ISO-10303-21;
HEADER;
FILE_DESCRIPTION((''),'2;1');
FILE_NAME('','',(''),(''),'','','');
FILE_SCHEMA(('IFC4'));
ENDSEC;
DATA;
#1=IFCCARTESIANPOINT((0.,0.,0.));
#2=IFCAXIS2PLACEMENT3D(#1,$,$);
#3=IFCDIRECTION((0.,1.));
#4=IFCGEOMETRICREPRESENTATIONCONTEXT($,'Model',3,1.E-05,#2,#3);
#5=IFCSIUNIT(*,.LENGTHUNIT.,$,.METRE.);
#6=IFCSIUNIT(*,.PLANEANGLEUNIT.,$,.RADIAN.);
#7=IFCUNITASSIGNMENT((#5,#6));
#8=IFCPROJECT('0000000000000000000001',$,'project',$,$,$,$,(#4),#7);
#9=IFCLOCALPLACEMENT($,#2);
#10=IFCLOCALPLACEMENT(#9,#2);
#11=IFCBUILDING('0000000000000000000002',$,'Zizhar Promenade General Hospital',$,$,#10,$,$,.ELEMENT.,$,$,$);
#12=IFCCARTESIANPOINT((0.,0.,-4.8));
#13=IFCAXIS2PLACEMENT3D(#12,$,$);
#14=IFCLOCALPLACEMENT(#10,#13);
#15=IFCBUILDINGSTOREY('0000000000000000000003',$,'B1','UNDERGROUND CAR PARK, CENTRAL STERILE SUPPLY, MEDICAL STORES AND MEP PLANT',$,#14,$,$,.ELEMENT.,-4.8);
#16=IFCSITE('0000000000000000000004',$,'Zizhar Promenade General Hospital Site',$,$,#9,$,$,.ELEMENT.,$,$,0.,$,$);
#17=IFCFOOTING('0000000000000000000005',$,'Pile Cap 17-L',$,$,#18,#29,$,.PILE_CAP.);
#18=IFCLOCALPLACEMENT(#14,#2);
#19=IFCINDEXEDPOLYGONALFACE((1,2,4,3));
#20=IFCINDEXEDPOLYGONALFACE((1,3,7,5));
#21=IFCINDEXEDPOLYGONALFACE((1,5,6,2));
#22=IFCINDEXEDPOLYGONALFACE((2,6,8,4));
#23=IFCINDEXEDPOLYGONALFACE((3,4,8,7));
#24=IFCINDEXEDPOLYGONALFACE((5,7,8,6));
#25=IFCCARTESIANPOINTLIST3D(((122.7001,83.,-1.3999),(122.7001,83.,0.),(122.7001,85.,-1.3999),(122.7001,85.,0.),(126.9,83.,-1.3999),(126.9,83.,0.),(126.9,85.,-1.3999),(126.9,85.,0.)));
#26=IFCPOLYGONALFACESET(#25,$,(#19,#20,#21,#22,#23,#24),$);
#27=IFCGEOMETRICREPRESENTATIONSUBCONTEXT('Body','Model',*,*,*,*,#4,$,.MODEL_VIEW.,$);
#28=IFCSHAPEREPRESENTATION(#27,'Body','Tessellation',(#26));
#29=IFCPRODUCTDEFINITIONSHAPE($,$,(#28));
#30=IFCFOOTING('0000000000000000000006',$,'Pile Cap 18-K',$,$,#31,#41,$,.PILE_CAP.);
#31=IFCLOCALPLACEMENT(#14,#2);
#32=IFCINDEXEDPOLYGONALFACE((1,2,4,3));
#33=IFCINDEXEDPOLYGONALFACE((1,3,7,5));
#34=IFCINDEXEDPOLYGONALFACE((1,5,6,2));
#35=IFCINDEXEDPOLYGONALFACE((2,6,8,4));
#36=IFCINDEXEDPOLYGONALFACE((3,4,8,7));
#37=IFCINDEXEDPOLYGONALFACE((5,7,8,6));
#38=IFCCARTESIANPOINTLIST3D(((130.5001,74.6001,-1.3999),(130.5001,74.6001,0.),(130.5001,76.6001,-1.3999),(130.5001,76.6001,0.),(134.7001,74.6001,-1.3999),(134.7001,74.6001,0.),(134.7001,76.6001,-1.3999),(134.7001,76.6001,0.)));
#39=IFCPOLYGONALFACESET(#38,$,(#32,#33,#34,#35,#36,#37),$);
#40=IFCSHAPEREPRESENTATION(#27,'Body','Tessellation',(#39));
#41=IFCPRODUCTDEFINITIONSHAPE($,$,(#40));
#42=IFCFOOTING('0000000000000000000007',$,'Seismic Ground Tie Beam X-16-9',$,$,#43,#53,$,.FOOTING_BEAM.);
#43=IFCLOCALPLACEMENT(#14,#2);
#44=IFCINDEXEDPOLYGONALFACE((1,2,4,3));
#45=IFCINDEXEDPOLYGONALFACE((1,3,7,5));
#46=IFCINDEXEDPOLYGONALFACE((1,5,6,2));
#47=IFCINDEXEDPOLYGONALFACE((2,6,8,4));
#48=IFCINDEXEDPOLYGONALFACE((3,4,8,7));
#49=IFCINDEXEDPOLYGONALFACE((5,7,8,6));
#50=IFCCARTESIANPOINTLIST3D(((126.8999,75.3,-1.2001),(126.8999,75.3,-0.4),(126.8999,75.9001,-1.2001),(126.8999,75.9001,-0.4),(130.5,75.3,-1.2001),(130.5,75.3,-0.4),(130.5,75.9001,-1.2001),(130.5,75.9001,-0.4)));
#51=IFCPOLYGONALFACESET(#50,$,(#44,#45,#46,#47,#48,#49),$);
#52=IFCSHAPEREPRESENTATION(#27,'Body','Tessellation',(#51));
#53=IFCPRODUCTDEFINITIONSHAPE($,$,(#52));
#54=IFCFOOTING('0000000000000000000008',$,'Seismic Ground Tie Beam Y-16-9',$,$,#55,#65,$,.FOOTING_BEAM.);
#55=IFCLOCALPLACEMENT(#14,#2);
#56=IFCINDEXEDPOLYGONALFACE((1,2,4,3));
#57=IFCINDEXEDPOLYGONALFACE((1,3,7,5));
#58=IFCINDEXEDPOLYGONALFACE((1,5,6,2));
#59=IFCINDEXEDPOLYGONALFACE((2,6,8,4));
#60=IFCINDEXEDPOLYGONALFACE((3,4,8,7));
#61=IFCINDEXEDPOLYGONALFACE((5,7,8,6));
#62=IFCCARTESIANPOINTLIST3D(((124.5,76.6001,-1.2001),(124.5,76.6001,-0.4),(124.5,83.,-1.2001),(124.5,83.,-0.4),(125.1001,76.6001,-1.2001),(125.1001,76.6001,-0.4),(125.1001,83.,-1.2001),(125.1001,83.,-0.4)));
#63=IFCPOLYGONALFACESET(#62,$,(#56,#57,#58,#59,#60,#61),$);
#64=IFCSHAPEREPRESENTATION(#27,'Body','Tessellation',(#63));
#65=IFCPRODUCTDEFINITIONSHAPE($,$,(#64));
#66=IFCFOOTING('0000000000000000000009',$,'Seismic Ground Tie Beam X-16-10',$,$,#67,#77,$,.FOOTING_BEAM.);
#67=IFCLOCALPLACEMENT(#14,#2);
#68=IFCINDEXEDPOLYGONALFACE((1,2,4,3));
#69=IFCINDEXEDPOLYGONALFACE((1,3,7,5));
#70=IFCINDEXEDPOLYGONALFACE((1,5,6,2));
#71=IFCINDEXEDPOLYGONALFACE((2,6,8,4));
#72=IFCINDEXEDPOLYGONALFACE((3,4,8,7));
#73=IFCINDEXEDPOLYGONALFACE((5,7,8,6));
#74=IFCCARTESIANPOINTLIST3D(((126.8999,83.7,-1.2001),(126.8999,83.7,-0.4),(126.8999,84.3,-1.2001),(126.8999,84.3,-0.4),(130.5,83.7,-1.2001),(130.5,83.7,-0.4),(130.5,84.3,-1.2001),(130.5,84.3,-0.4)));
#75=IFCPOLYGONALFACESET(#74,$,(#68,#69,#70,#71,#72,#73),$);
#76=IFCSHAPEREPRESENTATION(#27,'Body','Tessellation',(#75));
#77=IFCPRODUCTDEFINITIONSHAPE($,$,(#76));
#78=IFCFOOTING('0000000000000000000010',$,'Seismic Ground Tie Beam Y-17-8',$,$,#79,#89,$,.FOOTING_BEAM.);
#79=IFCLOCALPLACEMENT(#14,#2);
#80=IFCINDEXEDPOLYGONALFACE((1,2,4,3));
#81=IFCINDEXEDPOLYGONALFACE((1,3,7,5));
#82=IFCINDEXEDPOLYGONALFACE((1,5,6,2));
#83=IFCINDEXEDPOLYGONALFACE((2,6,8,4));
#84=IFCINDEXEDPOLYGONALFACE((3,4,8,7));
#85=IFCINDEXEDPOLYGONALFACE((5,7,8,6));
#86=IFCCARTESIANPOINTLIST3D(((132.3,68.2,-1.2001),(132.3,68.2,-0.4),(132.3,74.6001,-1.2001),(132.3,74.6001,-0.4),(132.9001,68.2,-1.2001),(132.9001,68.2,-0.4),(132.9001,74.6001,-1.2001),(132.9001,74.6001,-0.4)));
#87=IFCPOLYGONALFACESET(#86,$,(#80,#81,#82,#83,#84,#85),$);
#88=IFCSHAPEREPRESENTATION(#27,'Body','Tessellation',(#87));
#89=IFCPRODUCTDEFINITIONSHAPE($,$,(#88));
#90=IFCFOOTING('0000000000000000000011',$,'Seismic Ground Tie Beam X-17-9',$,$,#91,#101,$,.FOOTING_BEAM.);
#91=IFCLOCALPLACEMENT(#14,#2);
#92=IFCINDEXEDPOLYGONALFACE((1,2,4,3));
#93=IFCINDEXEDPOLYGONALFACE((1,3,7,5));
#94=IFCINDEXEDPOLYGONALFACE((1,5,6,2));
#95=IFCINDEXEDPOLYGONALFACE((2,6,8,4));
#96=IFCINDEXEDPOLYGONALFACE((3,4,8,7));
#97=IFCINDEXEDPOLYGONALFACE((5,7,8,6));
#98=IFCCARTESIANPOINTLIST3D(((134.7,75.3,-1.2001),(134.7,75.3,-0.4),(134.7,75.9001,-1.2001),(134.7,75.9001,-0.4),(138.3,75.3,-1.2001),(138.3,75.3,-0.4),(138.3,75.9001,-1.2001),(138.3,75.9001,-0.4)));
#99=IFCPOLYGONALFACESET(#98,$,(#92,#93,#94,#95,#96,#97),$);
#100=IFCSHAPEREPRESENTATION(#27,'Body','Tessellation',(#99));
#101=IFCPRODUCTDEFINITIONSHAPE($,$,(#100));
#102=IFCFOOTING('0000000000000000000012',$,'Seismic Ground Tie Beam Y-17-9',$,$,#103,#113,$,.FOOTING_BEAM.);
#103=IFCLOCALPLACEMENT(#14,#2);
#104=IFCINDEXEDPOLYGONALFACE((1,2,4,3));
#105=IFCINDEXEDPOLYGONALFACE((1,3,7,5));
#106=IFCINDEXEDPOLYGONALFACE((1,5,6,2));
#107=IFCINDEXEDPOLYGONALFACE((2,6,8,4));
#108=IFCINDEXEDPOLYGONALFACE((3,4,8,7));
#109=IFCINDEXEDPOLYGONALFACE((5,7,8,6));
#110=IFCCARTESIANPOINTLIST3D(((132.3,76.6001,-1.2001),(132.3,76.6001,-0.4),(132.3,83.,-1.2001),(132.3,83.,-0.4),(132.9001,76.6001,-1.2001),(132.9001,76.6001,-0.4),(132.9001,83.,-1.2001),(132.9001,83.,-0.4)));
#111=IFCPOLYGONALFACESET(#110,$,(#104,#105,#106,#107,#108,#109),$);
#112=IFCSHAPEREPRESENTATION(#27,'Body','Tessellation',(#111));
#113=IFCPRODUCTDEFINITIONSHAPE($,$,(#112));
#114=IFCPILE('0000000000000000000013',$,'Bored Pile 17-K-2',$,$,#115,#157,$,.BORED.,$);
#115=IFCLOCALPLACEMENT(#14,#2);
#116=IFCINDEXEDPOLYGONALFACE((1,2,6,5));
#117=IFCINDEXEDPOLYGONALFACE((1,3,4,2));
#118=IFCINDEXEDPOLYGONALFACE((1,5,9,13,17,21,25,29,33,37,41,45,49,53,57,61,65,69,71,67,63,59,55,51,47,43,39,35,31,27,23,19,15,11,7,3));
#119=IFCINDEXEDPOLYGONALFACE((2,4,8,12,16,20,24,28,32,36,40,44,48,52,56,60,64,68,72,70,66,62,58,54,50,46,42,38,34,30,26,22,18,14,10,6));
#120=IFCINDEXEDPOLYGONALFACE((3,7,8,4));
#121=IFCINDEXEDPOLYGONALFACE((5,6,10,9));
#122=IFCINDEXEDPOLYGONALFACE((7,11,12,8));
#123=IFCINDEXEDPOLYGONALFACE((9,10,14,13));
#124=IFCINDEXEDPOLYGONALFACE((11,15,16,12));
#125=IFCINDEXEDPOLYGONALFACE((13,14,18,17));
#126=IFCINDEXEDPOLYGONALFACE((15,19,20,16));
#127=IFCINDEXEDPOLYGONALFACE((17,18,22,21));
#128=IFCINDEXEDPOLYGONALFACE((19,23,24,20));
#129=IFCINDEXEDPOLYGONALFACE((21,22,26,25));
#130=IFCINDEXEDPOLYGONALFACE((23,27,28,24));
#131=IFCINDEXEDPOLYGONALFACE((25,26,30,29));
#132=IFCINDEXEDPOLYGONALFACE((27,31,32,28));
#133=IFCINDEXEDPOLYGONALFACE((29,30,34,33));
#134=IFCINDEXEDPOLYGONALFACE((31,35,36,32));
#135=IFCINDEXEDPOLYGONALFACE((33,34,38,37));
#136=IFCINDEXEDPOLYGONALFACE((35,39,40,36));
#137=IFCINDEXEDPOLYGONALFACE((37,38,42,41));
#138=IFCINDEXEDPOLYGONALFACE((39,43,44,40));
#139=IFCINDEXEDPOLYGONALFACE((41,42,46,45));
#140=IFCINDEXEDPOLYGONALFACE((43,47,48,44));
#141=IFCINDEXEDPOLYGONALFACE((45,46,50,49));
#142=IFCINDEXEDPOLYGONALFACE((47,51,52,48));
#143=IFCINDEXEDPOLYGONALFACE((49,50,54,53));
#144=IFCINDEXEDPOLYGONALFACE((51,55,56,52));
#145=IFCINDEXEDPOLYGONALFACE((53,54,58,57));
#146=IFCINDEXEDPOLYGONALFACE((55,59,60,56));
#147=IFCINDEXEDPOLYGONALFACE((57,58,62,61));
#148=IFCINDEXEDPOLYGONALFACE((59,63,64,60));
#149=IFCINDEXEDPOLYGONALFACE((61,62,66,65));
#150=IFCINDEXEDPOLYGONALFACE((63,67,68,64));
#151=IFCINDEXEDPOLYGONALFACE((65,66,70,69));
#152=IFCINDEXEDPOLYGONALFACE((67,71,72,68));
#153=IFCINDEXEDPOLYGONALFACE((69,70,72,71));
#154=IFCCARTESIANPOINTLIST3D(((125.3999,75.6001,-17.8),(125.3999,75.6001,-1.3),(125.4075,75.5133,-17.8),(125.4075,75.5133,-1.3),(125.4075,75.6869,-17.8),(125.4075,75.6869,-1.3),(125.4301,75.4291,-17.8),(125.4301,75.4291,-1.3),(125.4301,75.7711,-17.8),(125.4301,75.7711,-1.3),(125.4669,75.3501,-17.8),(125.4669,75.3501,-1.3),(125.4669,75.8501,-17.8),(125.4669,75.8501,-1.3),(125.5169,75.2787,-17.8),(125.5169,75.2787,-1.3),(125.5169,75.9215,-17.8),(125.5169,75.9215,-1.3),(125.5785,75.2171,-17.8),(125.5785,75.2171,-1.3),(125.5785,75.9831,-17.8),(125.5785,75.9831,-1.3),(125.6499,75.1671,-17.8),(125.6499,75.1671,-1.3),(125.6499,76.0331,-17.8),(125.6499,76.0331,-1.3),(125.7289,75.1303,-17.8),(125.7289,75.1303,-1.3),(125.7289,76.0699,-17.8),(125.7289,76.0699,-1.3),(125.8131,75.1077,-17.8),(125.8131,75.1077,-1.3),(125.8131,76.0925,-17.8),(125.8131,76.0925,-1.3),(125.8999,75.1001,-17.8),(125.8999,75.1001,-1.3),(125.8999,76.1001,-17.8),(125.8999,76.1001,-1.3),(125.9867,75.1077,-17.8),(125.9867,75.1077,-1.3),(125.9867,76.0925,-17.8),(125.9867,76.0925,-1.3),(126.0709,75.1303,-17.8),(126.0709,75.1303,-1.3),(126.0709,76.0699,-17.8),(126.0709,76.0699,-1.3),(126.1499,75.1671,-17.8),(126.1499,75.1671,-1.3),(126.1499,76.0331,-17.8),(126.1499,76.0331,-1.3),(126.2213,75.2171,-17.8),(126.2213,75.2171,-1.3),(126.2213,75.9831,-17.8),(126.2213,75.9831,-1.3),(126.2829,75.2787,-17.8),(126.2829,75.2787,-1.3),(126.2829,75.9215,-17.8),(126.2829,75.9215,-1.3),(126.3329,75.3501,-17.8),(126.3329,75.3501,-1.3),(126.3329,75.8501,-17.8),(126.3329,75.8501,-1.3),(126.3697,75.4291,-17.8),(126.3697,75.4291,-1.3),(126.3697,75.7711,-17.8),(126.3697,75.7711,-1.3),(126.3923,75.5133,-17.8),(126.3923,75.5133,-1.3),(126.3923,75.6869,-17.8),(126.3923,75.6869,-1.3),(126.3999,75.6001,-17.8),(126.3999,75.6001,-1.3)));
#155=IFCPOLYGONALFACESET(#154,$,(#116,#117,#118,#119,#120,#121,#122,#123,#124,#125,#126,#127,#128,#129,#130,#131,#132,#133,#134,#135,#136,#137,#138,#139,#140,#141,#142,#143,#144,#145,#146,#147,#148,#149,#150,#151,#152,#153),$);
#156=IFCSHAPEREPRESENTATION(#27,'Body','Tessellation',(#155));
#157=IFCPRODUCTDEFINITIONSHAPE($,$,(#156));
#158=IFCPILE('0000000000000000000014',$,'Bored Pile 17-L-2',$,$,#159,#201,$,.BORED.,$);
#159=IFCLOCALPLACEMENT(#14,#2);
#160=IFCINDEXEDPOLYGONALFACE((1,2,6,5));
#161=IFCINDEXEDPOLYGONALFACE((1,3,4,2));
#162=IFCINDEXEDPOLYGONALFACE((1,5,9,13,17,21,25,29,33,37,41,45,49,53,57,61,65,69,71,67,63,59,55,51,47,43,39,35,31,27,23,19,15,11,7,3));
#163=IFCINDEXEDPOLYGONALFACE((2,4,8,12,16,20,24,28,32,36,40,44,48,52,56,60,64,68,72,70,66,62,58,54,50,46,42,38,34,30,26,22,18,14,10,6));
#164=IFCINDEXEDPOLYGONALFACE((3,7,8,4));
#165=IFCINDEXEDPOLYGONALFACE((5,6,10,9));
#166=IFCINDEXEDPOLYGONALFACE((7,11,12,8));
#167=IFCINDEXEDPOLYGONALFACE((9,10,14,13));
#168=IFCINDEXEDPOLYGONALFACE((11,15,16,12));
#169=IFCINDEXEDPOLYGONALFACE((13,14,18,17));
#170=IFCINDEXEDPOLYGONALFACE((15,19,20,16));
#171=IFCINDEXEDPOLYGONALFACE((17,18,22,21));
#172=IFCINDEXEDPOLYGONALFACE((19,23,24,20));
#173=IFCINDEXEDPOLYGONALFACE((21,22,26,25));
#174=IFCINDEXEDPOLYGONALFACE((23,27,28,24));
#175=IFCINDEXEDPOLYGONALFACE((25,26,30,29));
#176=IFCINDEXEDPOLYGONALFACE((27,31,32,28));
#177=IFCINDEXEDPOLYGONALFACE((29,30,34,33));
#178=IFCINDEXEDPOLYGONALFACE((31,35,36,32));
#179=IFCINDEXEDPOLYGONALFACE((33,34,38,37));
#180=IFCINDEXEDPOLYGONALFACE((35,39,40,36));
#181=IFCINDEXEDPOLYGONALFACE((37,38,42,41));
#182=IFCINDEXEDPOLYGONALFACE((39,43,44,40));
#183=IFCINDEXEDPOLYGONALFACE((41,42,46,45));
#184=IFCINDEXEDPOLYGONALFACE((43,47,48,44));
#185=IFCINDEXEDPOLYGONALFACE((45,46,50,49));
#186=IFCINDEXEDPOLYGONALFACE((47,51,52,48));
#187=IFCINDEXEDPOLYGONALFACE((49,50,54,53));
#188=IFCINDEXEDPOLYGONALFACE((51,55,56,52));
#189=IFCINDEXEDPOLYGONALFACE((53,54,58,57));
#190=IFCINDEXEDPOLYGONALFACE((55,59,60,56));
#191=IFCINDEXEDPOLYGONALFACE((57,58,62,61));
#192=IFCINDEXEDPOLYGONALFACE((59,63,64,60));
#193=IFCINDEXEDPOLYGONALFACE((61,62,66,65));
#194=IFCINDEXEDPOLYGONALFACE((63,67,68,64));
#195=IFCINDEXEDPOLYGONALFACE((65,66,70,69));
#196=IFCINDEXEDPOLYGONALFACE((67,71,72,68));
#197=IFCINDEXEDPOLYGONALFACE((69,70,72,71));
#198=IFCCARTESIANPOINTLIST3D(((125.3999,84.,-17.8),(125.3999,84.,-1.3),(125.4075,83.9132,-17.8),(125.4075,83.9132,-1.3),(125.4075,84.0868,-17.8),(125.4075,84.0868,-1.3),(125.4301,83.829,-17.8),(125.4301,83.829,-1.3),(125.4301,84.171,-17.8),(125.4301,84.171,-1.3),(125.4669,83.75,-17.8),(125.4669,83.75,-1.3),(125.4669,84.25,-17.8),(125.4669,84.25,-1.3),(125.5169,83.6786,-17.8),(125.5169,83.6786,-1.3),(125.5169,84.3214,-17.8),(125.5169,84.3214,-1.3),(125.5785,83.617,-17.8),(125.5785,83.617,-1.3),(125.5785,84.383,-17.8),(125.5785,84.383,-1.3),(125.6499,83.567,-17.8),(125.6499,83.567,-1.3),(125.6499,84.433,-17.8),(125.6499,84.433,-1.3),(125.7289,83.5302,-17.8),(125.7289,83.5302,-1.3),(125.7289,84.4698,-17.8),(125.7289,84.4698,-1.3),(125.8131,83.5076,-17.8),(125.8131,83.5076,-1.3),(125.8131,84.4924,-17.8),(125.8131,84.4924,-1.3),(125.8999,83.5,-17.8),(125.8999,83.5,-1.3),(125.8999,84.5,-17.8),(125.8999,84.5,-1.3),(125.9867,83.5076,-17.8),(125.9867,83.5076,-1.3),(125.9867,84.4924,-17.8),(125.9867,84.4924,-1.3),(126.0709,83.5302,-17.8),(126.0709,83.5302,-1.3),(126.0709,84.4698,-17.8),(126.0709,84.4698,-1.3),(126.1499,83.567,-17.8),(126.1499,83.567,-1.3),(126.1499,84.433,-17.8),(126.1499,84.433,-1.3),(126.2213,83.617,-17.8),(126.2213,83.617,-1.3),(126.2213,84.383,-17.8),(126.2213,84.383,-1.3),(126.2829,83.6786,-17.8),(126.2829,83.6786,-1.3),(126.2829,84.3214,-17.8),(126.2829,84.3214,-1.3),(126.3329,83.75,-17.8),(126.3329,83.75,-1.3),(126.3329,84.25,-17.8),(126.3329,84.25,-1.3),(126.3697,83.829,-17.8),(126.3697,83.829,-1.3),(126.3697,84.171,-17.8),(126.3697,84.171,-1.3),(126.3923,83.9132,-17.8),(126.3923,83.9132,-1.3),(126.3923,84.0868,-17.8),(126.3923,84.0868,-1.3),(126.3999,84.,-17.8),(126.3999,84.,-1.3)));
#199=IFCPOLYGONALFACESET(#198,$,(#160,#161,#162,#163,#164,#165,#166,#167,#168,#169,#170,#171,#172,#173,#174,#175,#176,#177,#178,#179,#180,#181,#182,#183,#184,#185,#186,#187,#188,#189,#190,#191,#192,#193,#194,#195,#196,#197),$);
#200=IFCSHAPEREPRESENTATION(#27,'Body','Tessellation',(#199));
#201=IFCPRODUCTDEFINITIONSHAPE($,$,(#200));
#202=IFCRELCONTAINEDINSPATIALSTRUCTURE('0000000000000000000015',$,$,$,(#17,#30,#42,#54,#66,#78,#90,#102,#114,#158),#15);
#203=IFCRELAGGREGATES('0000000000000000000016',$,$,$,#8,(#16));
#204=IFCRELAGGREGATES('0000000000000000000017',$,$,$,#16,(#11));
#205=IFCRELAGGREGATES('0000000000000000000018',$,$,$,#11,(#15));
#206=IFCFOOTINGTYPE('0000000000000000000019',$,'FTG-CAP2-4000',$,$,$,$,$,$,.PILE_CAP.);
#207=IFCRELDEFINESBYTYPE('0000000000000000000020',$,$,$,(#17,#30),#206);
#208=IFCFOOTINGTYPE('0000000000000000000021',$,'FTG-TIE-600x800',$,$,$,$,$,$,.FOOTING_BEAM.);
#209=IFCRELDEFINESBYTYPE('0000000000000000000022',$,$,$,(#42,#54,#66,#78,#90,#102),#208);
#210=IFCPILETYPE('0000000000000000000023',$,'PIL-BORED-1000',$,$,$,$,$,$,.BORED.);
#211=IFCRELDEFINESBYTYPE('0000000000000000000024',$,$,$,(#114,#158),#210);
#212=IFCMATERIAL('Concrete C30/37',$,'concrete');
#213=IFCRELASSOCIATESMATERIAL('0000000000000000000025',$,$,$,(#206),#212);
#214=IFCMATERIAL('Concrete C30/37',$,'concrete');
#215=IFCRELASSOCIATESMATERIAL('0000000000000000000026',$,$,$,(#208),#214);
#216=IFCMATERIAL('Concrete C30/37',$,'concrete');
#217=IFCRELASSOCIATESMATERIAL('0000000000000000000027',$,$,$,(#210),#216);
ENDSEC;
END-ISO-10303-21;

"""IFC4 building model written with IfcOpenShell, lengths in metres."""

from ifc_helpers import new_model, si_unit, direction, frame, origin, origin_2d, place, context, subcontext, project, spatial, rectangle, circle, extrude, material, material_profile, profile_set, type_object, element, save


model = new_model("IFC4")

# Units and contexts
model_context = context("Model", 3, precision=1e-05, world=origin(), true_north=direction((0.0, 1.0)))
body_context = subcontext(model_context, "Body", "Model", "MODEL_VIEW")
ifc_project = project(units=[si_unit("LENGTHUNIT", "METRE"), si_unit("PLANEANGLEUNIT", "RADIAN")], contexts=[model_context])

# Site, building, storey
site_placement = place(None, origin())
site = spatial("IfcSite", under=ifc_project, at=site_placement, Name="Zizhar Promenade General Hospital Site", CompositionType="ELEMENT", RefElevation=0.0)
building_placement = place(site_placement, origin())
building = spatial("IfcBuilding", under=site, at=building_placement, Name="Zizhar Promenade General Hospital", CompositionType="ELEMENT")
storey_placement = place(building_placement, frame((0.0, 0.0, -4.8)))
storey = spatial("IfcBuildingStorey", under=building, at=storey_placement, Name="B1", Description="UNDERGROUND CAR PARK, CENTRAL STERILE SUPPLY, MEDICAL STORES AND MEP PLANT", CompositionType="ELEMENT", Elevation=-4.8)

# Footings
ifc_material_1 = material(Name="Concrete C30/37", Category="concrete")
footing_type_1 = type_object("IfcFootingType", Name="FTG-CAP2-4000", PredefinedType="PILE_CAP", material=ifc_material_1)
for number, where, z_axis, x_axis, name in (
    (1, (124.8, 84.0, -1.3999), (0.0, 0.0, 1.0), (1.0, 0.0, 0.0), "Pile Cap 17-L"),
    (2, (132.6001, 75.6001, -1.3999), (0.0, 0.0, 1.0), (1.0, 0.0, 0.0), "Pile Cap 18-K"),
):
    element("IfcFooting", number, at=place(storey_placement, frame(where, z_axis=z_axis, x_axis=x_axis)), inside=storey, type_object=footing_type_1, Name=name, PredefinedType="PILE_CAP", context=body_context, shape_type="SweptSolid", body=[
        extrude(rectangle(XDim=4.2, YDim=2.0, at=origin_2d()), origin(), (0.0, 0.0, 1.0), 1.3999),
    ])
ifc_material_2 = material(Name="Concrete C30/37", Category="concrete")
ifc_material_profile_1 = material_profile(ifc_material_2, rectangle(XDim=0.6001, YDim=0.8, at=origin_2d()))
ifc_profile_set_1 = profile_set([ifc_material_profile_1], Name="Concrete C30/37")
footing_type_2 = type_object("IfcFootingType", Name="FTG-TIE-600x800", PredefinedType="FOOTING_BEAM", material=ifc_profile_set_1)
footing_1_placement = place(storey_placement, frame((126.8999, 75.6001, -0.8), z_axis=(1.0, 0.0, 0.0), x_axis=(0.0, 1.0, 0.0)))
element("IfcFooting", 3, at=footing_1_placement, inside=storey, type_object=footing_type_2, Name="Seismic Ground Tie Beam X-16-9", PredefinedType="FOOTING_BEAM", context=body_context, shape_type="SweptSolid", body=[
    extrude(rectangle(XDim=0.6001, YDim=0.8, at=origin_2d()), origin(), (0.0, 0.0, 1.0), 3.6001),
])
footing_2_placement = place(storey_placement, frame((124.8, 76.6001, -0.8), z_axis=(0.0, 1.0, 0.0), x_axis=(-1.0, 0.0, 0.0)))
element("IfcFooting", 4, at=footing_2_placement, inside=storey, type_object=footing_type_2, Name="Seismic Ground Tie Beam Y-16-9", PredefinedType="FOOTING_BEAM", context=body_context, shape_type="SweptSolid", body=[
    extrude(rectangle(XDim=0.6001, YDim=0.8, at=origin_2d()), origin(), (0.0, 0.0, 1.0), 6.3999),
])
footing_3_placement = place(storey_placement, frame((126.8999, 84.0, -0.8), z_axis=(1.0, 0.0, 0.0), x_axis=(0.0, 1.0, 0.0)))
element("IfcFooting", 5, at=footing_3_placement, inside=storey, type_object=footing_type_2, Name="Seismic Ground Tie Beam X-16-10", PredefinedType="FOOTING_BEAM", context=body_context, shape_type="SweptSolid", body=[
    extrude(rectangle(XDim=0.6001, YDim=0.8, at=origin_2d()), origin(), (0.0, 0.0, 1.0), 3.6001),
])
footing_4_placement = place(storey_placement, frame((132.6001, 68.2, -0.8), z_axis=(0.0, 1.0, 0.0), x_axis=(-1.0, 0.0, 0.0)))
element("IfcFooting", 6, at=footing_4_placement, inside=storey, type_object=footing_type_2, Name="Seismic Ground Tie Beam Y-17-8", PredefinedType="FOOTING_BEAM", context=body_context, shape_type="SweptSolid", body=[
    extrude(rectangle(XDim=0.6001, YDim=0.8, at=origin_2d()), origin(), (0.0, 0.0, 1.0), 6.4001),
])
footing_5_placement = place(storey_placement, frame((134.7, 75.6001, -0.8), z_axis=(1.0, 0.0, 0.0), x_axis=(0.0, 1.0, 0.0)))
element("IfcFooting", 7, at=footing_5_placement, inside=storey, type_object=footing_type_2, Name="Seismic Ground Tie Beam X-17-9", PredefinedType="FOOTING_BEAM", context=body_context, shape_type="SweptSolid", body=[
    extrude(rectangle(XDim=0.6001, YDim=0.8, at=origin_2d()), origin(), (0.0, 0.0, 1.0), 3.6001),
])
footing_6_placement = place(storey_placement, frame((132.6001, 76.6001, -0.8), z_axis=(0.0, 1.0, 0.0), x_axis=(-1.0, 0.0, 0.0)))
element("IfcFooting", 8, at=footing_6_placement, inside=storey, type_object=footing_type_2, Name="Seismic Ground Tie Beam Y-17-9", PredefinedType="FOOTING_BEAM", context=body_context, shape_type="SweptSolid", body=[
    extrude(rectangle(XDim=0.6001, YDim=0.8, at=origin_2d()), origin(), (0.0, 0.0, 1.0), 6.3999),
])

# Piles
ifc_material_3 = material(Name="Concrete C30/37", Category="concrete")
ifc_material_profile_2 = material_profile(ifc_material_3, circle(Radius=0.5, at=origin_2d()))
ifc_profile_set_2 = profile_set([ifc_material_profile_2], Name="Concrete C30/37")
pile_type = type_object("IfcPileType", Name="PIL-BORED-1000", PredefinedType="BORED", material=ifc_profile_set_2)
for number, where, z_axis, x_axis, name in (
    (9, (125.8999, 75.6001, -1.3), (0.0, 0.0, -1.0), (1.0, 0.0, 0.0), "Bored Pile 17-K-2"),
    (10, (125.8999, 84.0, -1.3), (0.0, 0.0, -1.0), (1.0, 0.0, 0.0), "Bored Pile 17-L-2"),
):
    element("IfcPile", number, at=place(storey_placement, frame(where, z_axis=z_axis, x_axis=x_axis)), inside=storey, type_object=pile_type, Name=name, PredefinedType="BORED", context=body_context, shape_type="SweptSolid", body=[
        extrude(circle(Radius=0.5, at=origin_2d()), origin(), (0.0, 0.0, 1.0), 16.5),
    ])

save(model, "model.ifc")
